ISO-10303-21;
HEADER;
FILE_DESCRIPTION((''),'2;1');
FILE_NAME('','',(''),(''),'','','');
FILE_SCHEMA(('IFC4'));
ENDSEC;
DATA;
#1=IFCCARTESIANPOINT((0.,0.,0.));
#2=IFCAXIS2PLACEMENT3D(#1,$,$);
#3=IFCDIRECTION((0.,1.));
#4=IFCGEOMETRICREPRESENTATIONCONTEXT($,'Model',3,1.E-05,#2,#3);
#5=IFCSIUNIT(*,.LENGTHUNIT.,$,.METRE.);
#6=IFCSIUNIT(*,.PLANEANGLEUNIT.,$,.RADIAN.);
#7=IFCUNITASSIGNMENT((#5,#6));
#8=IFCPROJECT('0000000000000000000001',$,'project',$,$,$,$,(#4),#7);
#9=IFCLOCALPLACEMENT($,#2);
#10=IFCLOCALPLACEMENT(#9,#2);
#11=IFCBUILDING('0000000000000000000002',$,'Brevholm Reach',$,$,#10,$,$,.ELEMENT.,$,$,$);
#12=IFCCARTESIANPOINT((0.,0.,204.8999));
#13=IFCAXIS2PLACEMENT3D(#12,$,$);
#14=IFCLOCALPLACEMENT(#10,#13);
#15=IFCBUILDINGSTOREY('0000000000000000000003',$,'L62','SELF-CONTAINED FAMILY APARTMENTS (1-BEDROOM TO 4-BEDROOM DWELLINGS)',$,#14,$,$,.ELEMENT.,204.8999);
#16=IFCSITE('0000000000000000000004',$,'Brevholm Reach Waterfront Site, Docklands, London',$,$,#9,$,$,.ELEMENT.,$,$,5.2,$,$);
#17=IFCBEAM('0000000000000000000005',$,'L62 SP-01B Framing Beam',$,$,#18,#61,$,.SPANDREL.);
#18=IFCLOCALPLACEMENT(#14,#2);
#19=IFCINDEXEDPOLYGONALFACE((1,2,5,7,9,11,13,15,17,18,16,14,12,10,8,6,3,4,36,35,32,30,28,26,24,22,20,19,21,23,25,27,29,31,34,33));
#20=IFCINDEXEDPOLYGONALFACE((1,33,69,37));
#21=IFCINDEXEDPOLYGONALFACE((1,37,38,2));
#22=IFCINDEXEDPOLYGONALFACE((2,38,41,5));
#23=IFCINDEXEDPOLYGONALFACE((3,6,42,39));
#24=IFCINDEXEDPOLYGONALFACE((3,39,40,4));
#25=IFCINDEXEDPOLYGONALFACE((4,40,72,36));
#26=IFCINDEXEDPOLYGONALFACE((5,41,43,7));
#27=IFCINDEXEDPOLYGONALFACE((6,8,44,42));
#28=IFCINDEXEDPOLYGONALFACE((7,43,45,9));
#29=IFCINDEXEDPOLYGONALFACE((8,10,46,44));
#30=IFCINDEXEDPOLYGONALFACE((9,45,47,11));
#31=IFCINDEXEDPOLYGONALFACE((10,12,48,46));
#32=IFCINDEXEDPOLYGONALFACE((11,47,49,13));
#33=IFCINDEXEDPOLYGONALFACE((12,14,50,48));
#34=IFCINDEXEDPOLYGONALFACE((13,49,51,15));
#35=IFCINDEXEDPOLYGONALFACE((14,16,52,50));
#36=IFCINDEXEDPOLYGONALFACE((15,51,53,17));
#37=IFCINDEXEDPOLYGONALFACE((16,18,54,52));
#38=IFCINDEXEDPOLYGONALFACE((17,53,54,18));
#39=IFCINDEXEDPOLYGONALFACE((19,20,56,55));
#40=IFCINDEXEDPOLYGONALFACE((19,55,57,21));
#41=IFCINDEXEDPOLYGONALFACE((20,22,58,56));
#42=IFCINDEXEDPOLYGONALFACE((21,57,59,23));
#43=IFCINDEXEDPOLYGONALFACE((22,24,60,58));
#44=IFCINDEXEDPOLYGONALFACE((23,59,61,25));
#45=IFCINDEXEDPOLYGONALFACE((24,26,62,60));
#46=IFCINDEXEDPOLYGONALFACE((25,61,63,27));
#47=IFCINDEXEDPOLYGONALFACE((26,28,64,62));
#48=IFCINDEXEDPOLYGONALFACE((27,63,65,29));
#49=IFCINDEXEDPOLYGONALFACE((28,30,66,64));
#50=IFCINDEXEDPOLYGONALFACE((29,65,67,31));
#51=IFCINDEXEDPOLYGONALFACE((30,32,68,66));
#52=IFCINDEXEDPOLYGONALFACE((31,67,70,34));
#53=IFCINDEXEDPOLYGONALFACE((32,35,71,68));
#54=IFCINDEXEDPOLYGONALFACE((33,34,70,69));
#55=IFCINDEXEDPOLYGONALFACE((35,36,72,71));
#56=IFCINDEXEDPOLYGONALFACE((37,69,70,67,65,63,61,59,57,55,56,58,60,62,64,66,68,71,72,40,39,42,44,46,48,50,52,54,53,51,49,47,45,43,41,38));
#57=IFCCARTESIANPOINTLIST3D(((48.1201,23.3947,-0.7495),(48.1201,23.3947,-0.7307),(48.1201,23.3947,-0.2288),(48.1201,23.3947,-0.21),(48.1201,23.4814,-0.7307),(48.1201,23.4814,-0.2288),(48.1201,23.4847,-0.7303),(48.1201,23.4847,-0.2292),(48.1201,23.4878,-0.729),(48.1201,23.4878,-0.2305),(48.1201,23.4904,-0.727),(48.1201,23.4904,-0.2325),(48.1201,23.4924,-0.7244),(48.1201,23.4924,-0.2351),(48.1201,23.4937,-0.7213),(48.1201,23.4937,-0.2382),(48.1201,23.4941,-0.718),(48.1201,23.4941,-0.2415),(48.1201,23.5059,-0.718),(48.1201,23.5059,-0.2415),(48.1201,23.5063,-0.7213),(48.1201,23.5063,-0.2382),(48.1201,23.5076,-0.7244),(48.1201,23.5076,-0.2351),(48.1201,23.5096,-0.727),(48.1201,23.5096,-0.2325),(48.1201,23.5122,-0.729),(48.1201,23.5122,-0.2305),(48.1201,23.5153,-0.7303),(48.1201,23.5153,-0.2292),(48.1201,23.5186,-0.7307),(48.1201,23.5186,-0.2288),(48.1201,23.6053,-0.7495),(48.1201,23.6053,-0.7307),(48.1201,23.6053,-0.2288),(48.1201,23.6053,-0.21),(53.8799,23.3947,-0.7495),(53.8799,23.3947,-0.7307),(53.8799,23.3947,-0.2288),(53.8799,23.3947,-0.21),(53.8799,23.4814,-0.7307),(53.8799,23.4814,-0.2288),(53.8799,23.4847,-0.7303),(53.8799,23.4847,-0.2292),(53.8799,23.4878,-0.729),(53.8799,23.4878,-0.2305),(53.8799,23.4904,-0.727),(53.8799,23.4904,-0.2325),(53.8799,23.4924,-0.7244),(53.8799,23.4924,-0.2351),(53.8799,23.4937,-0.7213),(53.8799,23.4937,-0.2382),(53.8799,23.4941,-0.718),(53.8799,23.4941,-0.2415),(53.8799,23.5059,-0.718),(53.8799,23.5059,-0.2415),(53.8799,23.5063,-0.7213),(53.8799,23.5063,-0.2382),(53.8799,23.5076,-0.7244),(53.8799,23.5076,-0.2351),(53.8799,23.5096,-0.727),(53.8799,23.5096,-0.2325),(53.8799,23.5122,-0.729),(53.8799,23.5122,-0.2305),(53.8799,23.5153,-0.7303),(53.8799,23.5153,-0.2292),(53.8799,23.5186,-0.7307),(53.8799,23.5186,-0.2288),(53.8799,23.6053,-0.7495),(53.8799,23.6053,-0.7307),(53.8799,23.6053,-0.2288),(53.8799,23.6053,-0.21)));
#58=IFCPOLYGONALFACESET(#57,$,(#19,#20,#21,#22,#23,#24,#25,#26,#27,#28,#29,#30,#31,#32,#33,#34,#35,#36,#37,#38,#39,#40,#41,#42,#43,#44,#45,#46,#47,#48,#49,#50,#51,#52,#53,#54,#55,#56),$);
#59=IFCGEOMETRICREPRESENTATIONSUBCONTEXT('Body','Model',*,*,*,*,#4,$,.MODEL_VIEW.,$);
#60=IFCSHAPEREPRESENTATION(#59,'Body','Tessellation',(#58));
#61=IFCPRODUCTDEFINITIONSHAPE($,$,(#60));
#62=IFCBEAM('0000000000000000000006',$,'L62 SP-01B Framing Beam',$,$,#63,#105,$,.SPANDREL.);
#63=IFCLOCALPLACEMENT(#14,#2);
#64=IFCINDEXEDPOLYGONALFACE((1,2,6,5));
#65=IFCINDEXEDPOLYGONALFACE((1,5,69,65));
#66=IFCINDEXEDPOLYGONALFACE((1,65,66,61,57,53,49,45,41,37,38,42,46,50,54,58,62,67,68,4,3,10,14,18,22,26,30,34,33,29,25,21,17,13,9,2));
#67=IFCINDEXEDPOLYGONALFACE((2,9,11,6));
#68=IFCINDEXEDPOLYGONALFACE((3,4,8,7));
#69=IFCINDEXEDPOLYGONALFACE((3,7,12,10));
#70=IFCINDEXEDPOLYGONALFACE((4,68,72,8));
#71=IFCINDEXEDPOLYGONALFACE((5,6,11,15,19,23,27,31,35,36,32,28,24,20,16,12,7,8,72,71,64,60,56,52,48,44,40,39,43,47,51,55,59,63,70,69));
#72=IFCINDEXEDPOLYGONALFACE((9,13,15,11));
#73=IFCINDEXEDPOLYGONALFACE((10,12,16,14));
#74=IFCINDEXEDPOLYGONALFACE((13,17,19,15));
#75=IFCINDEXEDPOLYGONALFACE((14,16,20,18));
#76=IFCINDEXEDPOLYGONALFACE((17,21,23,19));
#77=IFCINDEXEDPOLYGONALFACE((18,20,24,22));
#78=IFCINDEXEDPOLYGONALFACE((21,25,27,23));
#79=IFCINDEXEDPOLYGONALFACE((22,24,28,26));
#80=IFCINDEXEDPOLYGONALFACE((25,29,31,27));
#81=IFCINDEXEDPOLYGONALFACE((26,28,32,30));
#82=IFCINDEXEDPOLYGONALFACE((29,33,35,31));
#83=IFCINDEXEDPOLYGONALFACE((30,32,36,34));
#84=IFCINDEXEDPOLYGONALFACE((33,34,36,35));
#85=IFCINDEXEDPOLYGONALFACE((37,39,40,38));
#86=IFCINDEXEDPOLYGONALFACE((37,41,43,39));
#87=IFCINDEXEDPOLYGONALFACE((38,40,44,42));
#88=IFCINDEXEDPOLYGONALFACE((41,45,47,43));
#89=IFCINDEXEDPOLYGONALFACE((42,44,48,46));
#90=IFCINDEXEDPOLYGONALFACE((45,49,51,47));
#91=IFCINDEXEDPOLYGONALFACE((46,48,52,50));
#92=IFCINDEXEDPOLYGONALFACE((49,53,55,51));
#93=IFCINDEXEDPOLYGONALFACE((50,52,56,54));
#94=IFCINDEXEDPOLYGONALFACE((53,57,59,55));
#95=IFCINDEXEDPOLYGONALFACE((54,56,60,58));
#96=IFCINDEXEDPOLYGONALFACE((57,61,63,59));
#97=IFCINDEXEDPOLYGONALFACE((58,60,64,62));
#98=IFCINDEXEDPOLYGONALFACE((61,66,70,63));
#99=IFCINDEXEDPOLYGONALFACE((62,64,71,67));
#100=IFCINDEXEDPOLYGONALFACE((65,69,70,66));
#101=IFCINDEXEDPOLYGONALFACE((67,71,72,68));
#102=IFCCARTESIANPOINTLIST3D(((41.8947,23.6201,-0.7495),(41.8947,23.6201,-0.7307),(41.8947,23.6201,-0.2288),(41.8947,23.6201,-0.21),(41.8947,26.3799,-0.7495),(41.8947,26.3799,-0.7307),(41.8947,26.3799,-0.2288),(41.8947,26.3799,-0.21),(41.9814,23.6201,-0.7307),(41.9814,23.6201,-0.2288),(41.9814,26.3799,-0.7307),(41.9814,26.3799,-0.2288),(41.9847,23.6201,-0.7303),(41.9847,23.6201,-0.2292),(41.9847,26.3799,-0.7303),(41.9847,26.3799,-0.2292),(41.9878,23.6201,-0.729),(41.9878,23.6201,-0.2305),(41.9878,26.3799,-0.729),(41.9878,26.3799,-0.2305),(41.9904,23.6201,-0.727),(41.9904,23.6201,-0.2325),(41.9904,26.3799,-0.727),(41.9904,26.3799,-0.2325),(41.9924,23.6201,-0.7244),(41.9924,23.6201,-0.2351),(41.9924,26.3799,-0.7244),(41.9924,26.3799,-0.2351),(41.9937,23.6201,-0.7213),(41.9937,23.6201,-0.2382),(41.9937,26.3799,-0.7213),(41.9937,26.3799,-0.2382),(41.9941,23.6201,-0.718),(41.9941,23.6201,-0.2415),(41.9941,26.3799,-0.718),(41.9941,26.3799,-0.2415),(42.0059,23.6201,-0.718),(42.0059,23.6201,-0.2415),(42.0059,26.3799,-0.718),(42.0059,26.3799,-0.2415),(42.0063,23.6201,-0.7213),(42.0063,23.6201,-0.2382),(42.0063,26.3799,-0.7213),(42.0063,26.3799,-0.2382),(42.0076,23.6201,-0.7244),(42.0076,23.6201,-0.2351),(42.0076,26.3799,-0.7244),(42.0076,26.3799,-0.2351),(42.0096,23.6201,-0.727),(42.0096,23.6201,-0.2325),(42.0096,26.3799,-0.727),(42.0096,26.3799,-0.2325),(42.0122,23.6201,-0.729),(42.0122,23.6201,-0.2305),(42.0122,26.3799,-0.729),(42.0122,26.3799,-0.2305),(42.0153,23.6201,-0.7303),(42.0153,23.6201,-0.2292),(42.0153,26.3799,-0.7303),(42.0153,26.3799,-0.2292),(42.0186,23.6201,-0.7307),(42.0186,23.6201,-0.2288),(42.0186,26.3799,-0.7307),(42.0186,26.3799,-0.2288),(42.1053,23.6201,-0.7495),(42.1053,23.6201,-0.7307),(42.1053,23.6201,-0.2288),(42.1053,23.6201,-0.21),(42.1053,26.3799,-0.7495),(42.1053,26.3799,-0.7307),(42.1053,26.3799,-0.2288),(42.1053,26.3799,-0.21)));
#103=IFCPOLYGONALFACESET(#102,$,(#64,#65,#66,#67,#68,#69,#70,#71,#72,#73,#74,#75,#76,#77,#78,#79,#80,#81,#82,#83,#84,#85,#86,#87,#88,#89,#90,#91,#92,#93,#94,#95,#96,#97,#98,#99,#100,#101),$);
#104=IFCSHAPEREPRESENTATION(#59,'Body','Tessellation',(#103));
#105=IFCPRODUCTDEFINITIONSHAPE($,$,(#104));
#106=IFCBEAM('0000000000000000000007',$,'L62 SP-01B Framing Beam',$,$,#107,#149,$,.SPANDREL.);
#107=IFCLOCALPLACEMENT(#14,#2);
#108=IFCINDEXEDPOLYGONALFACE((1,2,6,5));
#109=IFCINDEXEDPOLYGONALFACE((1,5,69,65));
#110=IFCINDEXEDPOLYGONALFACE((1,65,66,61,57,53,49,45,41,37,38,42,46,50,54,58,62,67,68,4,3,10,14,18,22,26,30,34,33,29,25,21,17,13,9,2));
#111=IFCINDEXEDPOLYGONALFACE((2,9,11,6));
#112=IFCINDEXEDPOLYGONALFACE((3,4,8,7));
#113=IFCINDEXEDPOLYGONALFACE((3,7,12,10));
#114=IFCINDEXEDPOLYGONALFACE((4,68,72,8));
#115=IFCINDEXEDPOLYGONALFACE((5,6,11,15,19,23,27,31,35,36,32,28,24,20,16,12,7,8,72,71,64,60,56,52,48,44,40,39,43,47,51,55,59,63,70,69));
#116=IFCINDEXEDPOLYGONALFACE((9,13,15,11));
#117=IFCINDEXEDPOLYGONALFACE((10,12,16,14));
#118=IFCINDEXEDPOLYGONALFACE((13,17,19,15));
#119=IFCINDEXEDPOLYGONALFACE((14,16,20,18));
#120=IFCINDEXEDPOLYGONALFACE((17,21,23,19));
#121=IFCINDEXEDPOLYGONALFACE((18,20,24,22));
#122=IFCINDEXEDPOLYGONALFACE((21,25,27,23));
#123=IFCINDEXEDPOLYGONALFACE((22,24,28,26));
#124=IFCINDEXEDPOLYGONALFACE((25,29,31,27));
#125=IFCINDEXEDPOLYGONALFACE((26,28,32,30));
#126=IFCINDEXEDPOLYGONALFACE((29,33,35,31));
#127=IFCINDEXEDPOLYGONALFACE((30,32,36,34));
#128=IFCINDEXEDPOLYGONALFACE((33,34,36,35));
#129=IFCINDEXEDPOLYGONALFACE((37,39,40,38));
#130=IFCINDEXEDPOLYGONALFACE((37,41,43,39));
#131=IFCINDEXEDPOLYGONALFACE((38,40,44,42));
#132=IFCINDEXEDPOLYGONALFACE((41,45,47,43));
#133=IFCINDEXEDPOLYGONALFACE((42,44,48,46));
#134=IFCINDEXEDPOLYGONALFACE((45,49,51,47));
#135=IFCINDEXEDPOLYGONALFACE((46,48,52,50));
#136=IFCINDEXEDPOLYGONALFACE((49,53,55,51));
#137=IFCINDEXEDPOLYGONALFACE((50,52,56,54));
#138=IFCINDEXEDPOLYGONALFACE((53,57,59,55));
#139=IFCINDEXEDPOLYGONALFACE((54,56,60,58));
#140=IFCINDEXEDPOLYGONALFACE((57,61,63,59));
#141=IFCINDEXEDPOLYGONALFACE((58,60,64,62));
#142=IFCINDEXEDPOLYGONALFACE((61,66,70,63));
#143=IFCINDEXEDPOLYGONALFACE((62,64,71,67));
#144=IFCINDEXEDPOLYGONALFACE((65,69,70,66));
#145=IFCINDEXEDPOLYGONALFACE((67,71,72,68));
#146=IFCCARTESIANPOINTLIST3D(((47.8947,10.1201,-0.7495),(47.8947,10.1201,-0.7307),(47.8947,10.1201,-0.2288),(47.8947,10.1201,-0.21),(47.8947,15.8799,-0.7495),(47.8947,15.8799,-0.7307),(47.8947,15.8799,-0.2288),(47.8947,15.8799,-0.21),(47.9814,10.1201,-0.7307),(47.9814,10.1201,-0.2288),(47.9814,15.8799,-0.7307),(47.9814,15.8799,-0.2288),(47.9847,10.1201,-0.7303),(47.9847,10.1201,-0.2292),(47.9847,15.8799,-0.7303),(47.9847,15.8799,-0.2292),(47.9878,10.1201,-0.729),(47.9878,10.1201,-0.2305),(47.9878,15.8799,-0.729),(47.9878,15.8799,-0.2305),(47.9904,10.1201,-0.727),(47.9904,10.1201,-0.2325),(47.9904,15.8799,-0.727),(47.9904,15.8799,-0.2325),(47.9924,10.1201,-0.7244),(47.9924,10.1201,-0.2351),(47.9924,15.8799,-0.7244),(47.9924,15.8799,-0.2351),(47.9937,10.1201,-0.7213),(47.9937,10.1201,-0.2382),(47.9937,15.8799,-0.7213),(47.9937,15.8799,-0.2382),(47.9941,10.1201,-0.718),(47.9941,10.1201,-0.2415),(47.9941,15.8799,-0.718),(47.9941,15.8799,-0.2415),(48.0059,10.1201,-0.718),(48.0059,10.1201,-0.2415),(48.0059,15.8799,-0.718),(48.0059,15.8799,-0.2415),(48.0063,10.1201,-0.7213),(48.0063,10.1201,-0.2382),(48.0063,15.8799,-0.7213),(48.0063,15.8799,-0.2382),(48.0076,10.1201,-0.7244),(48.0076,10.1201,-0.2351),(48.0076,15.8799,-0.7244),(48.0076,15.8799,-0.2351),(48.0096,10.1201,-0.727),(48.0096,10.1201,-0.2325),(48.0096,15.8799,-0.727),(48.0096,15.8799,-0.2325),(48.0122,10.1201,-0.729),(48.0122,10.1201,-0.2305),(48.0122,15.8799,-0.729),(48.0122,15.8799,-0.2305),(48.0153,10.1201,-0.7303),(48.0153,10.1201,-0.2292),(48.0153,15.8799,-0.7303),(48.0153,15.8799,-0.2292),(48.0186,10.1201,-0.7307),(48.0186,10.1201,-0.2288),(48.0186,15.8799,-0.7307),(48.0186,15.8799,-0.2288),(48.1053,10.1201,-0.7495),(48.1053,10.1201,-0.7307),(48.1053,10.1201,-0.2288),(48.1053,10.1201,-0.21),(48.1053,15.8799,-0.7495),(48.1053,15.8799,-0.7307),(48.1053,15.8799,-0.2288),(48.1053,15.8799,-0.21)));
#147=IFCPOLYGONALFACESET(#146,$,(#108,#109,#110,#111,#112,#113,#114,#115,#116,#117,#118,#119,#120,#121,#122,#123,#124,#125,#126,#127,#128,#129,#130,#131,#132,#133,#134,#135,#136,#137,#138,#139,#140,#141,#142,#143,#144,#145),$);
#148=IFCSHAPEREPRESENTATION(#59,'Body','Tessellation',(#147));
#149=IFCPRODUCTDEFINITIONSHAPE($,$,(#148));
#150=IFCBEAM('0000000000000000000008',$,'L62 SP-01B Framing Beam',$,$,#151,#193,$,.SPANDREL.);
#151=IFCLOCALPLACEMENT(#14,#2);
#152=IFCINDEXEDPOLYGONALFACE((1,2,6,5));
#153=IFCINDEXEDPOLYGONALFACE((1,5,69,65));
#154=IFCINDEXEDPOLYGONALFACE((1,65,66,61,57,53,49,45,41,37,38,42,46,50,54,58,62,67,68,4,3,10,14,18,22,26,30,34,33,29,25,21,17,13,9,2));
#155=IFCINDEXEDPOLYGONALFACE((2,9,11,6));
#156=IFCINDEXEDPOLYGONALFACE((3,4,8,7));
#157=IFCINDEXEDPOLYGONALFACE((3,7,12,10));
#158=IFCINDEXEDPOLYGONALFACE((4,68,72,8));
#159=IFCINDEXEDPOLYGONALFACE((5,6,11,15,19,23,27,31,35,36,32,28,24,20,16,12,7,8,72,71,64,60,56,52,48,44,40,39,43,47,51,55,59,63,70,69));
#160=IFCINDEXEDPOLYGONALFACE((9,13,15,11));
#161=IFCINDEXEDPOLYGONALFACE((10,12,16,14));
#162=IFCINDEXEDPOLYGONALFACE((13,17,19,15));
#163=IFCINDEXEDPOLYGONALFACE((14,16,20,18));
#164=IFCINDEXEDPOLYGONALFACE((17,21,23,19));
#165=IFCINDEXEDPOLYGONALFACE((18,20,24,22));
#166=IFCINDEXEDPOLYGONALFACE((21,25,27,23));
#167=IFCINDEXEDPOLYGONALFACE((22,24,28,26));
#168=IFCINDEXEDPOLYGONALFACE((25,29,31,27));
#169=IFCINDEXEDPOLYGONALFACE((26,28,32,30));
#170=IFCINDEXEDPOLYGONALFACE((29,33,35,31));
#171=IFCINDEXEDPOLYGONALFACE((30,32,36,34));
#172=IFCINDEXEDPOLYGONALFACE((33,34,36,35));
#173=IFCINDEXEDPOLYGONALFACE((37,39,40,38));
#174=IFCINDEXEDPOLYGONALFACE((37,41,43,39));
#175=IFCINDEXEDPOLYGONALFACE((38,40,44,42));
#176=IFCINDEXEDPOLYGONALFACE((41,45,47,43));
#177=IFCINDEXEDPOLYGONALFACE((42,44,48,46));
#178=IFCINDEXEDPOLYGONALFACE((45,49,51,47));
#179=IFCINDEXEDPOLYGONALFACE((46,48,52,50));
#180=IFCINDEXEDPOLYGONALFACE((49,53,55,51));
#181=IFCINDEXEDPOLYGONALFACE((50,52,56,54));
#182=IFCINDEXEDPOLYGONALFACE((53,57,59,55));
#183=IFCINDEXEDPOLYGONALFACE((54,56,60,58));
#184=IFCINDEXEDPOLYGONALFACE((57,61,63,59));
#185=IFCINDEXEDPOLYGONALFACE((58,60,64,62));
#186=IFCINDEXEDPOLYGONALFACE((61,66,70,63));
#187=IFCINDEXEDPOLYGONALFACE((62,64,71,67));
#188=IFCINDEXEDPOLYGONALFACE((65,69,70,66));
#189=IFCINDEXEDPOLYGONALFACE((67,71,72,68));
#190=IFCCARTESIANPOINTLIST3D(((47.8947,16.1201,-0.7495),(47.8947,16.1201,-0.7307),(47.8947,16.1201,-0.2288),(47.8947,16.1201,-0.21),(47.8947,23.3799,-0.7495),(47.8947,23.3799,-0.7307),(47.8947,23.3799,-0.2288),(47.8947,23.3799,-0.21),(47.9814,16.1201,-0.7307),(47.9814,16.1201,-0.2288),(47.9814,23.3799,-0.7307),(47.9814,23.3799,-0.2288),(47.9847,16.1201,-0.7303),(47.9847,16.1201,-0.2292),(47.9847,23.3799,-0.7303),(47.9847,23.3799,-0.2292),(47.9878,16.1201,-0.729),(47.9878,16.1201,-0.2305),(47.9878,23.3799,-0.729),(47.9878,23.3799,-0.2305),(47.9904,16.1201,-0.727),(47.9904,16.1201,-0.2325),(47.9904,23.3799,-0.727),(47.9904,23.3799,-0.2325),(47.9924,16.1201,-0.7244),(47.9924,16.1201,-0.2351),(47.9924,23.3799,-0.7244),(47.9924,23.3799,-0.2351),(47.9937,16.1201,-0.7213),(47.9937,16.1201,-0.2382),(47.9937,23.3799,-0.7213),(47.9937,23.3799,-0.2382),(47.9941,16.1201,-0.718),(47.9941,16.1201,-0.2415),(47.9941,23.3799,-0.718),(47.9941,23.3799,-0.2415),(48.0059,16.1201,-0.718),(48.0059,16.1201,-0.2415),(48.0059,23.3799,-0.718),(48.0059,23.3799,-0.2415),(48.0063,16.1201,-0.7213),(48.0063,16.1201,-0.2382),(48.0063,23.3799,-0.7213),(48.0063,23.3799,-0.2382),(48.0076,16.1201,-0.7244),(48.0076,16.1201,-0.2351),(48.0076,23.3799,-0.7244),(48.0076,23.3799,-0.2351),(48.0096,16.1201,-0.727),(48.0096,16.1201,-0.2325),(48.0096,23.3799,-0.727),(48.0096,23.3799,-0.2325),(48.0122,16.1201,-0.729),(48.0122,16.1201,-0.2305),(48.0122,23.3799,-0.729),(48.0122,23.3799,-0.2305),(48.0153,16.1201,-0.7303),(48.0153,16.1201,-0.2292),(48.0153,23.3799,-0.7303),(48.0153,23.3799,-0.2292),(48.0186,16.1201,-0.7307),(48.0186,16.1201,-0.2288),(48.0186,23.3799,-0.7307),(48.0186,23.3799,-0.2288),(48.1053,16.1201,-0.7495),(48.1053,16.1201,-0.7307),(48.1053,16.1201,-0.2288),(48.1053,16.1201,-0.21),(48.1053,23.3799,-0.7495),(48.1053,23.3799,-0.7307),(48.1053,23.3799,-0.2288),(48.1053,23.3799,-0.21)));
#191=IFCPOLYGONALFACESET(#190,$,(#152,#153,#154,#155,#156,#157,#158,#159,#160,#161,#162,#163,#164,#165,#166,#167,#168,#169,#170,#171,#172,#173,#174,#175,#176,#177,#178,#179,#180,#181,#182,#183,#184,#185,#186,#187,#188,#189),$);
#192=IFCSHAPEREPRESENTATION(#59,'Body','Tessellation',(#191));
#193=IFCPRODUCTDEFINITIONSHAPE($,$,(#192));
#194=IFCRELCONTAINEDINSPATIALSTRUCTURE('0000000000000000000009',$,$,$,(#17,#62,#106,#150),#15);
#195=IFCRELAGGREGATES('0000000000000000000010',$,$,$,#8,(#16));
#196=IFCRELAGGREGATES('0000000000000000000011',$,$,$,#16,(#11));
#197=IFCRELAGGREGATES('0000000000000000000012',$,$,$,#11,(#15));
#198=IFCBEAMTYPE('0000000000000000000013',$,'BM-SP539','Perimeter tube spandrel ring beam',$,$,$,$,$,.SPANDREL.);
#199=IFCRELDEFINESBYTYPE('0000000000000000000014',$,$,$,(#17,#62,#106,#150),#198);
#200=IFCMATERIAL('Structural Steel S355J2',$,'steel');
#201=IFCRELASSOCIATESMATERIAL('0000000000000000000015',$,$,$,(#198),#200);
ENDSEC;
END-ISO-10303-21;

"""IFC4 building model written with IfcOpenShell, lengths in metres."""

from ifc_helpers import new_model, si_unit, direction, frame, origin, origin_2d, place, context, subcontext, project, spatial, i_section, extrude, material, material_profile, profile_set, type_object, element, save


model = new_model("IFC4")

# Units and contexts
model_context = context("Model", 3, precision=1e-05, world=origin(), true_north=direction((0.0, 1.0)))
body_context = subcontext(model_context, "Body", "Model", "MODEL_VIEW")
ifc_project = project(units=[si_unit("LENGTHUNIT", "METRE"), si_unit("PLANEANGLEUNIT", "RADIAN")], contexts=[model_context])

# Site, building, storey
site_placement = place(None, origin())
site = spatial("IfcSite", under=ifc_project, at=site_placement, Name="Brevholm Reach Waterfront Site, Docklands, London", CompositionType="ELEMENT", RefElevation=5.2)
building_placement = place(site_placement, origin())
building = spatial("IfcBuilding", under=site, at=building_placement, Name="Brevholm Reach", CompositionType="ELEMENT")
storey_placement = place(building_placement, frame((0.0, 0.0, 204.8999)))
storey = spatial("IfcBuildingStorey", under=building, at=storey_placement, Name="L62", Description="SELF-CONTAINED FAMILY APARTMENTS (1-BEDROOM TO 4-BEDROOM DWELLINGS)", CompositionType="ELEMENT", Elevation=204.8999)

# Beams
ifc_material_1 = material(Name="Structural Steel S355J2", Category="steel")
ifc_material_profile_1 = material_profile(ifc_material_1, i_section(OverallWidth=0.2107, OverallDepth=0.5396, WebThickness=0.0117, FlangeThickness=0.0188, FilletRadius=0.0127, at=origin_2d()), Name="UKB 533x210x109")
ifc_profile_set_1 = profile_set([ifc_material_profile_1], Name="Structural Steel S355J2")
beam_type_1 = type_object("IfcBeamType", Name="BM-SP539", Description="Perimeter tube spandrel ring beam", PredefinedType="SPANDREL", material=ifc_profile_set_1)
for number, where, z_axis, x_axis, name in (
    (1, (48.1201, 23.5, -0.4797), (1.0, 0.0, 0.0), (0.0, 1.0, 0.0), "L62 SP-01B Framing Beam"),
):
    element("IfcBeam", number, at=place(storey_placement, frame(where, z_axis=z_axis, x_axis=x_axis)), inside=storey, type_object=beam_type_1, Name=name, PredefinedType="SPANDREL", context=body_context, shape_type="SweptSolid", body=[
        extrude(i_section(OverallWidth=0.2107, OverallDepth=0.5396, WebThickness=0.0117, FlangeThickness=0.0188, FilletRadius=0.0127, at=origin_2d()), origin(), (0.0, 0.0, 1.0), 5.7598),
    ])
beam_1_placement = place(storey_placement, frame((42.0, 23.6201, -0.4797), z_axis=(0.0, 1.0, 0.0), x_axis=(-1.0, 0.0, 0.0)))
element("IfcBeam", 2, at=beam_1_placement, inside=storey, type_object=beam_type_1, Name="L62 SP-01B Framing Beam", PredefinedType="SPANDREL", context=body_context, shape_type="SweptSolid", body=[
    extrude(i_section(OverallWidth=0.2107, OverallDepth=0.5396, WebThickness=0.0117, FlangeThickness=0.0188, FilletRadius=0.0127, at=origin_2d()), origin(), (0.0, 0.0, 1.0), 2.7598),
])
beam_2_placement = place(storey_placement, frame((48.0, 10.1201, -0.4797), z_axis=(0.0, 1.0, 0.0), x_axis=(-1.0, 0.0, 0.0)))
element("IfcBeam", 3, at=beam_2_placement, inside=storey, type_object=beam_type_1, Name="L62 SP-01B Framing Beam", PredefinedType="SPANDREL", context=body_context, shape_type="SweptSolid", body=[
    extrude(i_section(OverallWidth=0.2107, OverallDepth=0.5396, WebThickness=0.0117, FlangeThickness=0.0188, FilletRadius=0.0127, at=origin_2d()), origin(), (0.0, 0.0, 1.0), 5.7598),
])
beam_3_placement = place(storey_placement, frame((48.0, 16.1201, -0.4797), z_axis=(0.0, 1.0, 0.0), x_axis=(-1.0, 0.0, 0.0)))
element("IfcBeam", 4, at=beam_3_placement, inside=storey, type_object=beam_type_1, Name="L62 SP-01B Framing Beam", PredefinedType="SPANDREL", context=body_context, shape_type="SweptSolid", body=[
    extrude(i_section(OverallWidth=0.2107, OverallDepth=0.5396, WebThickness=0.0117, FlangeThickness=0.0188, FilletRadius=0.0127, at=origin_2d()), origin(), (0.0, 0.0, 1.0), 7.2598),
])

save(model, "model.ifc")
